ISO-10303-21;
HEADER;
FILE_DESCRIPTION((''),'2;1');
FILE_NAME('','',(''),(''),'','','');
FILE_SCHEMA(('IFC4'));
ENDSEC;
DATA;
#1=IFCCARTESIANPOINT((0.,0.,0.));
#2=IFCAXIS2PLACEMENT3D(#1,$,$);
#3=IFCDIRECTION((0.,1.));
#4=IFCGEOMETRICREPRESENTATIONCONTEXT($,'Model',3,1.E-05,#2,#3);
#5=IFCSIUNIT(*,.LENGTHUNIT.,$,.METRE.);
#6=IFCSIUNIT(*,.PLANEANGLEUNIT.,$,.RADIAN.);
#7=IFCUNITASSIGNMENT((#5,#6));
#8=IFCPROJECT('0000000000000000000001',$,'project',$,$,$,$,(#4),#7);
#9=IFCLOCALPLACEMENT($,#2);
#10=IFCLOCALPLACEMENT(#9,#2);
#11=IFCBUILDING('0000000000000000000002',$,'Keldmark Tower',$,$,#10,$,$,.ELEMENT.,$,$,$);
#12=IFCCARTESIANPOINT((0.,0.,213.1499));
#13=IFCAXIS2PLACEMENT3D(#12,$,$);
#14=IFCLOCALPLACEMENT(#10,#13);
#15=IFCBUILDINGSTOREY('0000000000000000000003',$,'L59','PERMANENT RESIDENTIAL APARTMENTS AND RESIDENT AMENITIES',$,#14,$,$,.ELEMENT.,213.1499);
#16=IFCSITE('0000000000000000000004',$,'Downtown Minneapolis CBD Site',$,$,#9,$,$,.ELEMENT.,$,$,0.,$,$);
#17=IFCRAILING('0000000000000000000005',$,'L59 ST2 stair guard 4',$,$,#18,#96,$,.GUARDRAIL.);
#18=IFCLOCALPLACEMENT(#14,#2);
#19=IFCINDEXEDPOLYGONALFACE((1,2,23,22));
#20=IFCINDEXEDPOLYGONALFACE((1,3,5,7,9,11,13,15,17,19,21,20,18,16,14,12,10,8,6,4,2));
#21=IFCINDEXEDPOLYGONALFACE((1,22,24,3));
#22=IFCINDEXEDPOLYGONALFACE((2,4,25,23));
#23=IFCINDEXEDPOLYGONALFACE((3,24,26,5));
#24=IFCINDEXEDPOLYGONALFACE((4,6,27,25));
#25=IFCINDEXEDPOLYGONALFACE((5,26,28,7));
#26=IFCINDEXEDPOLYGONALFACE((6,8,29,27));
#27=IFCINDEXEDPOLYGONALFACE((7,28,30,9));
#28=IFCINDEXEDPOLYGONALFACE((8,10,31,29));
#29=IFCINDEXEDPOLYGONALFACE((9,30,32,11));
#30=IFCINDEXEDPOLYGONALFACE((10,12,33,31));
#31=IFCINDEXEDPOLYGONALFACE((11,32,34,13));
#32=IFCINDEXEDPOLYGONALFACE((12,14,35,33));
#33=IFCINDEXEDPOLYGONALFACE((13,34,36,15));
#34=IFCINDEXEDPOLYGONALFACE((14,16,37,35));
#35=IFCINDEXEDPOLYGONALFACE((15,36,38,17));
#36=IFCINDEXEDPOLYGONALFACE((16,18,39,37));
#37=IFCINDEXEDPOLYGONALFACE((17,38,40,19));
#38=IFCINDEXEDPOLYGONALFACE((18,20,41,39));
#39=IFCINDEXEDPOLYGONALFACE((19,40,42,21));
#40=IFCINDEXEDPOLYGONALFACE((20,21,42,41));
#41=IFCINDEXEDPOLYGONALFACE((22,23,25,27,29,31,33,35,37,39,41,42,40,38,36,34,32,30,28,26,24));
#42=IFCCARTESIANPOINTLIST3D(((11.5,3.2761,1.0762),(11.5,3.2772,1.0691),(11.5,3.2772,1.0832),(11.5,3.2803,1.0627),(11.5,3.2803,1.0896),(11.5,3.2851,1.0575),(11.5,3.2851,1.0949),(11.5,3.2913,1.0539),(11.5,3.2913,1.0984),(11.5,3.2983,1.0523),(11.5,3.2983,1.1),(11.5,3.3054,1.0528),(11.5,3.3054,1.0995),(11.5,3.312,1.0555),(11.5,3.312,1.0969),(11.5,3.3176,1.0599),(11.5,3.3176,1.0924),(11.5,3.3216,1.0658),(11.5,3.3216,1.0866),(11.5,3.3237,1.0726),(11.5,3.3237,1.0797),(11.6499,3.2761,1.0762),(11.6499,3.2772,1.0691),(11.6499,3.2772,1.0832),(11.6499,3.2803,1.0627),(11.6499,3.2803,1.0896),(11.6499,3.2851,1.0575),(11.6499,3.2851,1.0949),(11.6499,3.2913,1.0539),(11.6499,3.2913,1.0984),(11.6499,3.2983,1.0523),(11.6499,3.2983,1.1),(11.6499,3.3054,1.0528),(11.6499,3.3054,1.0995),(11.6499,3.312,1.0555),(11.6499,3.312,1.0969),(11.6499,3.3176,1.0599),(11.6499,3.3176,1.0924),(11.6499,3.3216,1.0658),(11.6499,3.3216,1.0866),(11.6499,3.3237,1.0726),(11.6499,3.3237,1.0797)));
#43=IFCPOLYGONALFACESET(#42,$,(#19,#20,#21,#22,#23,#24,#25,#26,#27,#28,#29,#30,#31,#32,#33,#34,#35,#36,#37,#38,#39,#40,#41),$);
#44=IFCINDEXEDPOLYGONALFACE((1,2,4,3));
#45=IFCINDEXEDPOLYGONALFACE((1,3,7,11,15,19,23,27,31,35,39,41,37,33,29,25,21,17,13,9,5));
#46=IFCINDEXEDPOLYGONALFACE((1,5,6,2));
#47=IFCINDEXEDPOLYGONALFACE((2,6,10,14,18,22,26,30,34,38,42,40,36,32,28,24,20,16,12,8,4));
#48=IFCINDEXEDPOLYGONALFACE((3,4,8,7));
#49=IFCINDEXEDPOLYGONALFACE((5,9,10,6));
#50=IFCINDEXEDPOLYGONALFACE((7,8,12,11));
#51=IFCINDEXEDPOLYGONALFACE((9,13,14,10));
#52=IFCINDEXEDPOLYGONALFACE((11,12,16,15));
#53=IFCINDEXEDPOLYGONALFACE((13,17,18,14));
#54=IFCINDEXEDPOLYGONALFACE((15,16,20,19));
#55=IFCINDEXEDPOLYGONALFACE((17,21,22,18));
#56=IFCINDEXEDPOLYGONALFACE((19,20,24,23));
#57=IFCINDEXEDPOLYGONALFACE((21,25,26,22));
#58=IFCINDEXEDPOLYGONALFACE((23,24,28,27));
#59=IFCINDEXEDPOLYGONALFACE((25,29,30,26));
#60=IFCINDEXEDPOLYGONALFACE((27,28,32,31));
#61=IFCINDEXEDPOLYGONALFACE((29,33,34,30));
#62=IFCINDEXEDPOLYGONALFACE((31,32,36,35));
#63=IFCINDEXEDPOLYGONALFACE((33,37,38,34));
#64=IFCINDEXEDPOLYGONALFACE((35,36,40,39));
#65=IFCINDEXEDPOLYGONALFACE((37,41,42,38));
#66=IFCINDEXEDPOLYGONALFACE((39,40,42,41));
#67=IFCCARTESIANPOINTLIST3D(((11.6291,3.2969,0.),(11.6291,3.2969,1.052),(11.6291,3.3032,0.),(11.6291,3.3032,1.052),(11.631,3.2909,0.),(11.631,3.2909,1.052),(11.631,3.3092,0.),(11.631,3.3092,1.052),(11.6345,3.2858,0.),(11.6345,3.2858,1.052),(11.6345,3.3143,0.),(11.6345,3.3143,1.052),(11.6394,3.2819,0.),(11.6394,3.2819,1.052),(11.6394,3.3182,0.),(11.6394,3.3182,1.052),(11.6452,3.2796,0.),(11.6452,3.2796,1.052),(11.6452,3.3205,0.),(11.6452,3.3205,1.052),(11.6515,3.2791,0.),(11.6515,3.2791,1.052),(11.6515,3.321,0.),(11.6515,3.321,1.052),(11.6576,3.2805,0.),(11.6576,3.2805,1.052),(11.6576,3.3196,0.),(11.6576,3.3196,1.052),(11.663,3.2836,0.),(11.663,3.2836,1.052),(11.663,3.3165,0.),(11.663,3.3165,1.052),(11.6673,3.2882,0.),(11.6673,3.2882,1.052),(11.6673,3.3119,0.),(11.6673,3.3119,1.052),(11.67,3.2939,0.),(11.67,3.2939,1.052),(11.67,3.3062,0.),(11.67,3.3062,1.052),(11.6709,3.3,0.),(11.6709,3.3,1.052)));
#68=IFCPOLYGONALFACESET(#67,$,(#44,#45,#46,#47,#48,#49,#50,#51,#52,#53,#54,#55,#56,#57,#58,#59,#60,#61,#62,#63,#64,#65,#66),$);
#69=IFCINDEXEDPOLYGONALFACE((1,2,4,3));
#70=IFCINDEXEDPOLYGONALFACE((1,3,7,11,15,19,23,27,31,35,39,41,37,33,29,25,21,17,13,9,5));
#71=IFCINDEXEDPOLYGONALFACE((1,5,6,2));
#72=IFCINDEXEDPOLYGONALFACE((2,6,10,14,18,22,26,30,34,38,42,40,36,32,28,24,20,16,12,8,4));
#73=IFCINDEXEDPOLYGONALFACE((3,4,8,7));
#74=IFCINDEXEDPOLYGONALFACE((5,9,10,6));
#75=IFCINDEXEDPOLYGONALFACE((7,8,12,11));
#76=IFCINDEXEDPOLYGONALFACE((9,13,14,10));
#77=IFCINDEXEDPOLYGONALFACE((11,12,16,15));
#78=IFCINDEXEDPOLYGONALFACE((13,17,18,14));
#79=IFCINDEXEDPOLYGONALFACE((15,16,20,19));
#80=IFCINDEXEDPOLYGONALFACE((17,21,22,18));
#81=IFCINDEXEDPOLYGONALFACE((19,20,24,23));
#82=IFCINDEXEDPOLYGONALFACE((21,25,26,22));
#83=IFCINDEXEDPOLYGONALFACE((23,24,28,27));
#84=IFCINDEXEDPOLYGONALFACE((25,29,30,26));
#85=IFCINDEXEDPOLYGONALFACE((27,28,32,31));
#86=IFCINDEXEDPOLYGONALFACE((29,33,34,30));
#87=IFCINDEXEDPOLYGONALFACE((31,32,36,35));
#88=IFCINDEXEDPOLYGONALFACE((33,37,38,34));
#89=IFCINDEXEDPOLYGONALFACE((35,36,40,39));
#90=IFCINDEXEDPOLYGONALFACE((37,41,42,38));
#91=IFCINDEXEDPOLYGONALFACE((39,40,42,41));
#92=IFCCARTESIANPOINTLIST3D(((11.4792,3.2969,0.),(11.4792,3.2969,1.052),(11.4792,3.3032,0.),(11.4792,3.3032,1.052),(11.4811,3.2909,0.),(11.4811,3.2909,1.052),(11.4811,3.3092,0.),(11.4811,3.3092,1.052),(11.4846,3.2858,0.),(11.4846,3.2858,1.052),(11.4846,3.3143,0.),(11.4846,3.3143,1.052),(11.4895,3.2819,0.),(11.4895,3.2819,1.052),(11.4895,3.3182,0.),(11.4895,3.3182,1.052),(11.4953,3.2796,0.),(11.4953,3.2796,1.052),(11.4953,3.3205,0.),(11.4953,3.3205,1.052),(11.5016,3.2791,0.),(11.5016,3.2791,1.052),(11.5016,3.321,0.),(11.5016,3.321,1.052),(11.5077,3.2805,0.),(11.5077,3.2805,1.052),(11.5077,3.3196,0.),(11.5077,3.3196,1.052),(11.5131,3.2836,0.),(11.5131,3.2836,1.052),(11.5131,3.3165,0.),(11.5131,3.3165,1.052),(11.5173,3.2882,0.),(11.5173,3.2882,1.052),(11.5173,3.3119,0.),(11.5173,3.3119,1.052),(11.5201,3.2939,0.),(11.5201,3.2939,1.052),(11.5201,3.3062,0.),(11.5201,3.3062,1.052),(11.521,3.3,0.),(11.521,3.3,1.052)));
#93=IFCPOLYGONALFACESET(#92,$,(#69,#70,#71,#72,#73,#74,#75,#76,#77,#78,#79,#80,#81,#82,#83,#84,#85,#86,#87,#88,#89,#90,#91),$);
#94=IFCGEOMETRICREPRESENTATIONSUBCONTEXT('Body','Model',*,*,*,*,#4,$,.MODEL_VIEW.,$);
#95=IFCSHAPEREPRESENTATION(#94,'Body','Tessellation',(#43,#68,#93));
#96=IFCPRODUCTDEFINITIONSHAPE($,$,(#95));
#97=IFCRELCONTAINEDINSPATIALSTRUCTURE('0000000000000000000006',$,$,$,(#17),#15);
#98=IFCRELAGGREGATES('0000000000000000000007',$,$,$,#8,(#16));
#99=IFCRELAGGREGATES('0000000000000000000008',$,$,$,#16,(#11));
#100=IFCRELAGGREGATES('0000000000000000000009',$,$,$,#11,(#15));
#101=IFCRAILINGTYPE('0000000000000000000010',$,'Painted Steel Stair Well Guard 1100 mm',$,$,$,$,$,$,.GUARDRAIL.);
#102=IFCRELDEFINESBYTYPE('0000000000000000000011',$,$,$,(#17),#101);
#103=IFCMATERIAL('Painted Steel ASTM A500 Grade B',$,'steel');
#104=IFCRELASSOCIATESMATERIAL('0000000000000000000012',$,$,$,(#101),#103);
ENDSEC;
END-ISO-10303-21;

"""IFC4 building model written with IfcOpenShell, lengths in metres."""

from ifc_helpers import new_model, si_unit, direction, frame, origin, origin_2d, place, context, subcontext, project, spatial, circle, extrude, material, type_object, element, save


model = new_model("IFC4")

# Units and contexts
model_context = context("Model", 3, precision=1e-05, world=origin(), true_north=direction((0.0, 1.0)))
body_context = subcontext(model_context, "Body", "Model", "MODEL_VIEW")
ifc_project = project(units=[si_unit("LENGTHUNIT", "METRE"), si_unit("PLANEANGLEUNIT", "RADIAN")], contexts=[model_context])

# Site, building, storey
site_placement = place(None, origin())
site = spatial("IfcSite", under=ifc_project, at=site_placement, Name="Downtown Minneapolis CBD Site", CompositionType="ELEMENT", RefElevation=0.0)
building_placement = place(site_placement, origin())
building = spatial("IfcBuilding", under=site, at=building_placement, Name="Keldmark Tower", CompositionType="ELEMENT")
storey_placement = place(building_placement, frame((0.0, 0.0, 213.1499)))
storey = spatial("IfcBuildingStorey", under=building, at=storey_placement, Name="L59", Description="PERMANENT RESIDENTIAL APARTMENTS AND RESIDENT AMENITIES", CompositionType="ELEMENT", Elevation=213.1499)

# Railing
ifc_material_1 = material(Name="Painted Steel ASTM A500 Grade B", Category="steel")
railing_type_1 = type_object("IfcRailingType", Name="Painted Steel Stair Well Guard 1100 mm", PredefinedType="GUARDRAIL", material=ifc_material_1)
railing_1_placement = place(storey_placement, frame((11.6499, 3.3, 0.0)))
element("IfcRailing", 1, at=railing_1_placement, inside=storey, type_object=railing_type_1, Name="L59 ST2 stair guard 4", PredefinedType="GUARDRAIL", context=body_context, shape_type="SweptSolid", body=[
    extrude(circle(Radius=0.0239, at=origin_2d()), frame((0.0, 0.0, 1.0762), z_axis=(-1.0, 0.0, 0.0), x_axis=(0.0, -1.0, 0.0)), (0.0, 0.0, 1.0), 0.1499),
    extrude(circle(Radius=0.021, at=origin_2d()), origin(), (0.0, 0.0, 1.0), 1.052),
    extrude(circle(Radius=0.021, at=origin_2d()), frame((-0.1499, 0.0, 0.0)), (0.0, 0.0, 1.0), 1.052),
])

save(model, "model.ifc")
